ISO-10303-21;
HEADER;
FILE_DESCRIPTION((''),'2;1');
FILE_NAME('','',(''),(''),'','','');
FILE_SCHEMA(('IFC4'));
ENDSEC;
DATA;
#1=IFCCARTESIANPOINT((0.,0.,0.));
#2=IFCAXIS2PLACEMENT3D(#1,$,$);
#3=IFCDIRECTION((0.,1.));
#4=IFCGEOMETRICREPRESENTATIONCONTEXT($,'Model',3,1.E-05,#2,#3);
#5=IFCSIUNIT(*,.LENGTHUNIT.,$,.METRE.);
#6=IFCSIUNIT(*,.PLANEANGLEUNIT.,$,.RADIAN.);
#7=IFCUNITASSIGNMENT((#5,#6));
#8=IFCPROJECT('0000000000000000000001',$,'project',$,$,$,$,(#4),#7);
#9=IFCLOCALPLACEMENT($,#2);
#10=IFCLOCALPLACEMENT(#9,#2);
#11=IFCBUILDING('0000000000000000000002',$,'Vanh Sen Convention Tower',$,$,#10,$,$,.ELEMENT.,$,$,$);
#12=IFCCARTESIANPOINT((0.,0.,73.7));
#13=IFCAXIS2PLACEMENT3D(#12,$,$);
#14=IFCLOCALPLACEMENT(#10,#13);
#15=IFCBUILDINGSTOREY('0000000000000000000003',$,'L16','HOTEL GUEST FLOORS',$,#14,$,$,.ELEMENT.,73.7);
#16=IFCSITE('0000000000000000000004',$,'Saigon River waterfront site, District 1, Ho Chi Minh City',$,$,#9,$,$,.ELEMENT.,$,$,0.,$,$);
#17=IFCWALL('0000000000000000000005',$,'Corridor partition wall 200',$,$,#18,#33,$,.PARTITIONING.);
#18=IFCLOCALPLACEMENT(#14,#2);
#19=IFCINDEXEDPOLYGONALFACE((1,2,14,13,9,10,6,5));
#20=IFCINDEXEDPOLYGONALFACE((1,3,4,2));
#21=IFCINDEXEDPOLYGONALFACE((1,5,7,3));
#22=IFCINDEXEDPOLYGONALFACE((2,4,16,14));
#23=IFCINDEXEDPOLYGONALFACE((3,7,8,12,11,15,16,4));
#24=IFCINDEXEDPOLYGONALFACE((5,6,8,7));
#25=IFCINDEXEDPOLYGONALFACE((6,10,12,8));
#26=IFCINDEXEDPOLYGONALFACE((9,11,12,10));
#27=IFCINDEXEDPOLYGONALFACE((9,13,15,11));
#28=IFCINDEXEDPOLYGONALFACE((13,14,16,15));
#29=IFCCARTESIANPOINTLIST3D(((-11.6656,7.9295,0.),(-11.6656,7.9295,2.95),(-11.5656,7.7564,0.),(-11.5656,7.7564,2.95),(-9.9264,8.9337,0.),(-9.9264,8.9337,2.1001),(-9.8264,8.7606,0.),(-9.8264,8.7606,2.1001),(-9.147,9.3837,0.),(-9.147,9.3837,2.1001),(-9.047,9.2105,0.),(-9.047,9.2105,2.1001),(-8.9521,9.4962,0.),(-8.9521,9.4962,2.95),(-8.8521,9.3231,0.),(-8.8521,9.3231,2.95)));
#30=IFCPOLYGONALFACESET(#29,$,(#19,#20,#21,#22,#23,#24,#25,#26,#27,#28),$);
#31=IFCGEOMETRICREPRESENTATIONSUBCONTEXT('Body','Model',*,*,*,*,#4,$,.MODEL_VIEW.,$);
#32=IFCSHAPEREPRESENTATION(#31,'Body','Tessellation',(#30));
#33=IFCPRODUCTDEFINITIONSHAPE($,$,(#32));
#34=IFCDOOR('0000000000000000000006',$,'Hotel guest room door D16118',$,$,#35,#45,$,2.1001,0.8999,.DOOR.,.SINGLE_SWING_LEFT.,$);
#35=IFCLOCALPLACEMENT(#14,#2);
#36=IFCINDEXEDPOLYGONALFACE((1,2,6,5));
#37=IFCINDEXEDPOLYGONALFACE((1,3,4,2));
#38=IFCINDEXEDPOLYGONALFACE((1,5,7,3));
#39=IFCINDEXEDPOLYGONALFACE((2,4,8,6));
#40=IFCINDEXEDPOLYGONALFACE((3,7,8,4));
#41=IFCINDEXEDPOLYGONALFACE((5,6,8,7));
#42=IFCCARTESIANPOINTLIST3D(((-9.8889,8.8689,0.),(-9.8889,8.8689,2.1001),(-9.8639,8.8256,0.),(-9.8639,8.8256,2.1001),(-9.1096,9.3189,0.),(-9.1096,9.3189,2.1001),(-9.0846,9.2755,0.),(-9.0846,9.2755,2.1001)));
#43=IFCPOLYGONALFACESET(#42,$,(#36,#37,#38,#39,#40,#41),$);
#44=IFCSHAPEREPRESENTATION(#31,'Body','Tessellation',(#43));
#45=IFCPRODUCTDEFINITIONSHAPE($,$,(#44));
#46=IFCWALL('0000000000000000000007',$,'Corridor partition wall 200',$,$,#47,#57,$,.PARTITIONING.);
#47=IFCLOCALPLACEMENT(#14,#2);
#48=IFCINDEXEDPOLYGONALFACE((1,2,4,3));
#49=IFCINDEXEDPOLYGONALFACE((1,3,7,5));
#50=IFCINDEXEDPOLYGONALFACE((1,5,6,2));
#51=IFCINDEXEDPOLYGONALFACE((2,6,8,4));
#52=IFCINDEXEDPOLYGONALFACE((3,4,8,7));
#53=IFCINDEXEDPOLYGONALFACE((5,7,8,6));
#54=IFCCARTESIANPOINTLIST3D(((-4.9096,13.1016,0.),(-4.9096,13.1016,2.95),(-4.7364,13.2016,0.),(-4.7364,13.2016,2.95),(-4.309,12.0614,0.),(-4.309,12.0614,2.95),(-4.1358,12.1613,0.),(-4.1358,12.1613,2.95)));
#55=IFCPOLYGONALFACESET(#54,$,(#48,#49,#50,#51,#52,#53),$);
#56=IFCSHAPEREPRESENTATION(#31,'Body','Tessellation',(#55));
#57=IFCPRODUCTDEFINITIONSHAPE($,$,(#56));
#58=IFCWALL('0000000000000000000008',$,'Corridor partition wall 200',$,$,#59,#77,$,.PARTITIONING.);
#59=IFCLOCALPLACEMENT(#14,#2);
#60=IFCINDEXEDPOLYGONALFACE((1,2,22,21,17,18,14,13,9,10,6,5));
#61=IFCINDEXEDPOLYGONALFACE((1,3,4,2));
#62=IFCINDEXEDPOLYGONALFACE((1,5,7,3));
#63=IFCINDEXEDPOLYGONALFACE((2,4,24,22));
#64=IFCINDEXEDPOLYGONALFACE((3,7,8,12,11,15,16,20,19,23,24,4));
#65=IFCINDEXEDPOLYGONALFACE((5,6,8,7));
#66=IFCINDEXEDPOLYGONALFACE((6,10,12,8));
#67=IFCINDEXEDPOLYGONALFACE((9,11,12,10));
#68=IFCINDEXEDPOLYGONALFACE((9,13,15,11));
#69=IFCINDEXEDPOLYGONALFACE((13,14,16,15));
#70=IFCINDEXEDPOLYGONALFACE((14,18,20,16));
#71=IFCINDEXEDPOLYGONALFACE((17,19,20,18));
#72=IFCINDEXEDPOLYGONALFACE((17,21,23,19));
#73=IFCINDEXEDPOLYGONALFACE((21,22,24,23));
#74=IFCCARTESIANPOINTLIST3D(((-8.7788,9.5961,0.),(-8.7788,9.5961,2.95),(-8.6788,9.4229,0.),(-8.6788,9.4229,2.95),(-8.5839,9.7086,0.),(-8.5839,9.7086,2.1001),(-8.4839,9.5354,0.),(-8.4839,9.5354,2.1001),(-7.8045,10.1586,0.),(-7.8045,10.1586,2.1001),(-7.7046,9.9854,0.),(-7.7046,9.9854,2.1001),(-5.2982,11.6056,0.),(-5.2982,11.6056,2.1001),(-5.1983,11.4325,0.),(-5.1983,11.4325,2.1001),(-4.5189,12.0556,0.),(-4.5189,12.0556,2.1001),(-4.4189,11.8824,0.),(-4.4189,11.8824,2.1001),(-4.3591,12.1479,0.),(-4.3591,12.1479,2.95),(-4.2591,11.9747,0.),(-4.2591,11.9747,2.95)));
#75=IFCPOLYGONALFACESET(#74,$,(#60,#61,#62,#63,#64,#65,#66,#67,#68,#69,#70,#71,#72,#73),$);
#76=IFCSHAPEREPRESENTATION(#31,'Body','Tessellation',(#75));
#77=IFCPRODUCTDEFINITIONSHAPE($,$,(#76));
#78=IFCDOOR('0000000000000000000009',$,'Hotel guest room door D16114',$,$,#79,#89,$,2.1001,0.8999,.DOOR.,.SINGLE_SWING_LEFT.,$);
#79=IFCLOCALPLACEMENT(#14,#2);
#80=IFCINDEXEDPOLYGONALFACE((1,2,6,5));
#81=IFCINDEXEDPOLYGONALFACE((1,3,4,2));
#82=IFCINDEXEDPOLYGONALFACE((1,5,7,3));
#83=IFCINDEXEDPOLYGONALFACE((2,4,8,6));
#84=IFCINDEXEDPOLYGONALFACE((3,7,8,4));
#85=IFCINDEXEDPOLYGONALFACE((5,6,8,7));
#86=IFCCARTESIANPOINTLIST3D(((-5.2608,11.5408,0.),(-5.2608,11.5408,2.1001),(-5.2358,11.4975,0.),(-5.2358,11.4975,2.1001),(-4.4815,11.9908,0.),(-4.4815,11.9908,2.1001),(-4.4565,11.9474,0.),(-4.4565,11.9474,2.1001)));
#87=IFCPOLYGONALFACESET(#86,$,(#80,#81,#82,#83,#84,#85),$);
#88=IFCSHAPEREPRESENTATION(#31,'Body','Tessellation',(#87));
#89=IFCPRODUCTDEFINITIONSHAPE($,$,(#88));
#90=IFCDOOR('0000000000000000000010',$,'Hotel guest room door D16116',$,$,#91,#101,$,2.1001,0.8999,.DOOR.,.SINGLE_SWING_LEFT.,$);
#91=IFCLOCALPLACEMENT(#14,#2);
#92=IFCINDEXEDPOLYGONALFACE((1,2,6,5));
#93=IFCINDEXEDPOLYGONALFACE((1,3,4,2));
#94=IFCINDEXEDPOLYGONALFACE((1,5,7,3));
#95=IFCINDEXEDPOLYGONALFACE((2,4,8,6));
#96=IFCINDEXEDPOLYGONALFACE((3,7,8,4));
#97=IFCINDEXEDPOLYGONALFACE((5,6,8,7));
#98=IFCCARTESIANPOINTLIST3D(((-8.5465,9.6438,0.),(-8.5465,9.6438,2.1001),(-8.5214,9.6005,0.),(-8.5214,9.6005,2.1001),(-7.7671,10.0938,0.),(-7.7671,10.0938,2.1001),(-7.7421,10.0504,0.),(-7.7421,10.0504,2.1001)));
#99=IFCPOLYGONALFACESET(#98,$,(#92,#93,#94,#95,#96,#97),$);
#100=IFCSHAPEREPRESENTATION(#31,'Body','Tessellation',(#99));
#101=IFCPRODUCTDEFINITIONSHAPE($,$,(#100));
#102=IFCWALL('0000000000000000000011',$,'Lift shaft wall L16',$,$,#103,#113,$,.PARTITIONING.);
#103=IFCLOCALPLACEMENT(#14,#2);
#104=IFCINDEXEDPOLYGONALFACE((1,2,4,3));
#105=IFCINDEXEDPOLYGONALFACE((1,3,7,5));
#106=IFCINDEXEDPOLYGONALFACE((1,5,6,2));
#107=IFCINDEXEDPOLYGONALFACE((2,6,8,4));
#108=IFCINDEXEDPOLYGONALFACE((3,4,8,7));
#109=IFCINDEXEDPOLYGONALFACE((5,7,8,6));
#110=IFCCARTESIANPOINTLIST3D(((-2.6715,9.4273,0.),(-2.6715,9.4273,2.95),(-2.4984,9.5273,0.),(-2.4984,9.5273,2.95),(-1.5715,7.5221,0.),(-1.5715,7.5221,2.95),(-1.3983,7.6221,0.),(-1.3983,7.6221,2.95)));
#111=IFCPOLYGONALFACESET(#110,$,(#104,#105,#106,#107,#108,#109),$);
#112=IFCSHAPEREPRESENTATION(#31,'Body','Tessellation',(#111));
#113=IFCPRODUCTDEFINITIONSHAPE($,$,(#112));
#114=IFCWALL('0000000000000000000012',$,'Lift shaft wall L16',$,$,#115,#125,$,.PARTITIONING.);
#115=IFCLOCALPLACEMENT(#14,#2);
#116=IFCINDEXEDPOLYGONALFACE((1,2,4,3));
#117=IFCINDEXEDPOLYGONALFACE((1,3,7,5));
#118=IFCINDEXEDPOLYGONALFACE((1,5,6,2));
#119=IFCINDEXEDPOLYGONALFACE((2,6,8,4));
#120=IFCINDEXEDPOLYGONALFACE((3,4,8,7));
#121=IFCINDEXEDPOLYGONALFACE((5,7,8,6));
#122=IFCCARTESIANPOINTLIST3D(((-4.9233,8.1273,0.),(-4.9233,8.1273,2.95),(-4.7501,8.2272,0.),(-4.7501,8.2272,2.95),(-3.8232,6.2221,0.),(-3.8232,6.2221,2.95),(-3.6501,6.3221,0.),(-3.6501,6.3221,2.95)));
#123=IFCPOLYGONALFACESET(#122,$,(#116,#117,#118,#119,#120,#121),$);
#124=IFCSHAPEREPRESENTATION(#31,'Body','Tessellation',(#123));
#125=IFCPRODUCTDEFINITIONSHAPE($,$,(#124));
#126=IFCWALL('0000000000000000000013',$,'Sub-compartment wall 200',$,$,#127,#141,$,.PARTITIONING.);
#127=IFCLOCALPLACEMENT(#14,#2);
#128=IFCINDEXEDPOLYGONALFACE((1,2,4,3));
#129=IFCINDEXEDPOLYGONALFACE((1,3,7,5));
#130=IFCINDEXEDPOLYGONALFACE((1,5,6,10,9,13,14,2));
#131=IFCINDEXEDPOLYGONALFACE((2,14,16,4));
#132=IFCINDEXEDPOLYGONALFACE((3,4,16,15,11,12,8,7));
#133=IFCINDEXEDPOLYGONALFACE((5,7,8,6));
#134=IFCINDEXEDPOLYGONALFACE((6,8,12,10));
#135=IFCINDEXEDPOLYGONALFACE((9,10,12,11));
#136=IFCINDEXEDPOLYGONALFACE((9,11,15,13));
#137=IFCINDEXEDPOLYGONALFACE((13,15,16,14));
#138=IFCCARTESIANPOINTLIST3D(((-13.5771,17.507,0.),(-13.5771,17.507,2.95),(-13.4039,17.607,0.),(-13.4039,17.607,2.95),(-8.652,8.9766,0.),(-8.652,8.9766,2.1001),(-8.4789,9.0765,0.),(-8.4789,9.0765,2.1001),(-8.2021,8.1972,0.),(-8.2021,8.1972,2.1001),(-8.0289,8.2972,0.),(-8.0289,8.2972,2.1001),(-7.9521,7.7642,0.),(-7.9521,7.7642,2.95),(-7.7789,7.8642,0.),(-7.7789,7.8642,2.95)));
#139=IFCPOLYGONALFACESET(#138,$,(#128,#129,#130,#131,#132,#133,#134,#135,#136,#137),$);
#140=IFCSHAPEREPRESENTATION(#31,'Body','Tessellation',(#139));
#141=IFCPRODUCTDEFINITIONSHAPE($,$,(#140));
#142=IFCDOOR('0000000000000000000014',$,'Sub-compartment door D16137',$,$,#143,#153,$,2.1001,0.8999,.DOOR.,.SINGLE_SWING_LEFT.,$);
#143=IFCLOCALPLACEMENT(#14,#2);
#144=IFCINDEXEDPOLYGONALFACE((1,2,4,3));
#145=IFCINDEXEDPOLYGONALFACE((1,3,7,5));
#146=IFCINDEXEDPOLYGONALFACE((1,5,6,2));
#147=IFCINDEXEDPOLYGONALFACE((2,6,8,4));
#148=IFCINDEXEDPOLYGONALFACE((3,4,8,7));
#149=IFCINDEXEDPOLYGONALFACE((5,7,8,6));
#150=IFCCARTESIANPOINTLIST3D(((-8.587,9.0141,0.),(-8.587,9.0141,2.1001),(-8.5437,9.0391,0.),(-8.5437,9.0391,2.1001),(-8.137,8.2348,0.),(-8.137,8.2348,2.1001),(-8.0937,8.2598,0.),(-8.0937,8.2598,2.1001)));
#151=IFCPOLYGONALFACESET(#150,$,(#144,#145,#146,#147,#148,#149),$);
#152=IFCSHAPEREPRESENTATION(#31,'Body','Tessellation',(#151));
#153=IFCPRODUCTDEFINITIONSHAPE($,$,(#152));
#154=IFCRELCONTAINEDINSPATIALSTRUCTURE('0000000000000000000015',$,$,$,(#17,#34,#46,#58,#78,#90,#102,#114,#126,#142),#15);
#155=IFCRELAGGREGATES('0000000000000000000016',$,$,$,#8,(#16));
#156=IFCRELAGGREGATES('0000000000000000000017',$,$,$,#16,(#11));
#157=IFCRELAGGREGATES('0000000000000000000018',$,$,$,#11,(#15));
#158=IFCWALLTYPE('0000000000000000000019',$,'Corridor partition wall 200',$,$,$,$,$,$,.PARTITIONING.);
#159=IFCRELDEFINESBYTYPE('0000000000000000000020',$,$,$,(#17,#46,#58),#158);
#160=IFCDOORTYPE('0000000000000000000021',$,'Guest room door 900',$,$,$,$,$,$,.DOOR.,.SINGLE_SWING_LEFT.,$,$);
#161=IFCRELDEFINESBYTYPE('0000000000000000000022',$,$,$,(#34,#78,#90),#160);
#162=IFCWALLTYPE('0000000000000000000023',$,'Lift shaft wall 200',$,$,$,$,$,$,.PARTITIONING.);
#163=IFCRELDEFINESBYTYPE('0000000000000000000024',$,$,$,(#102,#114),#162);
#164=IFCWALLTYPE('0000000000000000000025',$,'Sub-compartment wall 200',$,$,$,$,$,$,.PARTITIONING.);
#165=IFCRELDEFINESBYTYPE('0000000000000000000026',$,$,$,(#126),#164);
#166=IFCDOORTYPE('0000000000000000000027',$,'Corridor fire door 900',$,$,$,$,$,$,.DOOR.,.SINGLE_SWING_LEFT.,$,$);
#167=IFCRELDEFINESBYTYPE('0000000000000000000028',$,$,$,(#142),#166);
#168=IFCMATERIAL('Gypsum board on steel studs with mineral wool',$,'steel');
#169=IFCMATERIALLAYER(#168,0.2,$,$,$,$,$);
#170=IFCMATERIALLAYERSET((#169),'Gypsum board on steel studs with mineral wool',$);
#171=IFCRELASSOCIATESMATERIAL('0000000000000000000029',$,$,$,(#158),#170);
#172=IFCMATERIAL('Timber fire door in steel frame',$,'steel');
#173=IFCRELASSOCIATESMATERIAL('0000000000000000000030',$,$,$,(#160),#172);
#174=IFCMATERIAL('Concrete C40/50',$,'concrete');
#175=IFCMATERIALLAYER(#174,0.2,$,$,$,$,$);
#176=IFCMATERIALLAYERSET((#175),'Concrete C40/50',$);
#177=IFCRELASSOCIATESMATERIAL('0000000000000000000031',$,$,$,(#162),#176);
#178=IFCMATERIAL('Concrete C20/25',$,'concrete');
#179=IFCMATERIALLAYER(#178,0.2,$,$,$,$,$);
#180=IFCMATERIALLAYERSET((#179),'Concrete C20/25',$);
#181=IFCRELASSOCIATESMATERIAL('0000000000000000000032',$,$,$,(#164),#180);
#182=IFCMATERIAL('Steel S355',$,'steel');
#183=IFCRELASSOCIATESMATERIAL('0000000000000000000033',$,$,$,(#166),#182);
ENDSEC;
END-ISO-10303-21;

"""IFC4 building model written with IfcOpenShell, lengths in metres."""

from ifc_helpers import new_model, si_unit, direction, frame, frame_2d, origin, place, context, subcontext, project, spatial, rectangle, extrude, material, layer, layer_set, type_object, element, fill, save


model = new_model("IFC4")

# Units and contexts
model_context = context("Model", 3, precision=1e-05, world=origin(), true_north=direction((0.0, 1.0)))
body_context = subcontext(model_context, "Body", "Model", "MODEL_VIEW")
ifc_project = project(units=[si_unit("LENGTHUNIT", "METRE"), si_unit("PLANEANGLEUNIT", "RADIAN")], contexts=[model_context])

# Site, building, storey
site_placement = place(None, origin())
site = spatial("IfcSite", under=ifc_project, at=site_placement, Name="Saigon River waterfront site, District 1, Ho Chi Minh City", CompositionType="ELEMENT", RefElevation=0.0)
building_placement = place(site_placement, origin())
building = spatial("IfcBuilding", under=site, at=building_placement, Name="Vanh Sen Convention Tower", CompositionType="ELEMENT")
storey_placement = place(building_placement, frame((0.0, 0.0, 73.7)))
storey = spatial("IfcBuildingStorey", under=building, at=storey_placement, Name="L16", Description="HOTEL GUEST FLOORS", CompositionType="ELEMENT", Elevation=73.7)

# Shared definitions
ifc_material_1 = material(Name="Gypsum board on steel studs with mineral wool", Category="steel")
ifc_layer_1 = layer(ifc_material_1, 0.2)
ifc_layer_set_1 = layer_set([ifc_layer_1], Name="Gypsum board on steel studs with mineral wool")
wall_type_1 = type_object("IfcWallType", Name="Corridor partition wall 200", PredefinedType="PARTITIONING", material=ifc_layer_set_1)
ifc_material_2 = material(Name="Timber fire door in steel frame", Category="steel")

# Wall, opening, door
wall_1_placement = place(storey_placement, frame((-8.9021, 9.4097, 0.0), z_axis=(0.0, 0.0, 1.0), x_axis=(-0.866014, -0.500019, 0.0)))
wall_1 = element("IfcWall", 1, at=wall_1_placement, inside=storey, type_object=wall_type_1, Name="Corridor partition wall 200", PredefinedType="PARTITIONING", context=body_context, shape_type="SweptSolid", body=[
    extrude(rectangle(XDim=3.1333, YDim=0.2, at=frame_2d((1.5667, 0.0))), origin(), (0.0, 0.0, 1.0), 2.95),
])
opening_1_placement = place(wall_1_placement, frame((0.2251, 0.0, 0.0)))
opening_1 = element("IfcOpeningElement", 2, at=opening_1_placement, cuts=wall_1, PredefinedType="OPENING", context=body_context, shape_type="SweptSolid", body=[
    extrude(rectangle(XDim=0.8999, YDim=2.1001, at=frame_2d((0.45, 1.05))), frame((0.0, 0.1099, 0.0), z_axis=(0.0, -1.0, 0.0), x_axis=(1.0, 0.0, 0.0)), (0.0, 0.0, 1.0), 0.22),
])
door_type_1 = type_object("IfcDoorType", Name="Guest room door 900", OperationType="SINGLE_SWING_LEFT", PredefinedType="DOOR", material=ifc_material_2)
door_1_placement = place(opening_1_placement, origin())
door_1 = element("IfcDoor", 3, at=door_1_placement, inside=storey, type_object=door_type_1, Name="Hotel guest room door D16118", OperationType="SINGLE_SWING_LEFT", OverallHeight=2.1001, OverallWidth=0.8999, PredefinedType="DOOR", context=body_context, shape_type="SweptSolid", body=[
    extrude(rectangle(XDim=0.8999, YDim=2.1001, at=frame_2d((0.45, 1.05))), frame((0.0, 0.0249, 0.0), z_axis=(0.0, -1.0, 0.0), x_axis=(1.0, 0.0, 0.0)), (0.0, 0.0, 1.0), 0.05),
])
fill(opening_1, door_1)

# Wall
wall_2_placement = place(storey_placement, frame((-4.823, 13.1516, 0.0), z_axis=(0.0, 0.0, 1.0), x_axis=(0.499986, -0.866033, 0.0)))
element("IfcWall", 4, at=wall_2_placement, inside=storey, type_object=wall_type_1, Name="Corridor partition wall 200", PredefinedType="PARTITIONING", context=body_context, shape_type="SweptSolid", body=[
    extrude(rectangle(XDim=1.2012, YDim=0.2, at=frame_2d((0.6006, 0.0))), origin(), (0.0, 0.0, 1.0), 2.95),
])

# Wall, openings, doors
wall_3_placement = place(storey_placement, frame((-4.3091, 12.0613, 0.0), z_axis=(0.0, 0.0, 1.0), x_axis=(-0.866021, -0.500008, 0.0)))
wall_3 = element("IfcWall", 5, at=wall_3_placement, inside=storey, type_object=wall_type_1, Name="Corridor partition wall 200", PredefinedType="PARTITIONING", context=body_context, shape_type="SweptSolid", body=[
    extrude(rectangle(XDim=5.1035, YDim=0.2, at=frame_2d((2.5518, 0.0))), origin(), (0.0, 0.0, 1.0), 2.95),
])
opening_2_placement = place(wall_3_placement, frame((0.1846, 0.0, 0.0)))
opening_2 = element("IfcOpeningElement", 6, at=opening_2_placement, cuts=wall_3, PredefinedType="OPENING", context=body_context, shape_type="SweptSolid", body=[
    extrude(rectangle(XDim=0.8999, YDim=2.1001, at=frame_2d((0.45, 1.05))), frame((0.0, 0.1099, 0.0), z_axis=(0.0, -1.0, 0.0), x_axis=(1.0, 0.0, 0.0)), (0.0, 0.0, 1.0), 0.22),
])
opening_3_placement = place(wall_3_placement, frame((3.9785, 0.0, 0.0)))
opening_3 = element("IfcOpeningElement", 7, at=opening_3_placement, cuts=wall_3, PredefinedType="OPENING", context=body_context, shape_type="SweptSolid", body=[
    extrude(rectangle(XDim=0.8999, YDim=2.1001, at=frame_2d((0.45, 1.05))), frame((0.0, 0.1099, 0.0), z_axis=(0.0, -1.0, 0.0), x_axis=(1.0, 0.0, 0.0)), (0.0, 0.0, 1.0), 0.22),
])
door_2_placement = place(opening_2_placement, origin())
door_2 = element("IfcDoor", 8, at=door_2_placement, inside=storey, type_object=door_type_1, Name="Hotel guest room door D16114", OperationType="SINGLE_SWING_LEFT", OverallHeight=2.1001, OverallWidth=0.8999, PredefinedType="DOOR", context=body_context, shape_type="SweptSolid", body=[
    extrude(rectangle(XDim=0.8999, YDim=2.1001, at=frame_2d((0.45, 1.05))), frame((0.0, 0.0249, 0.0), z_axis=(0.0, -1.0, 0.0), x_axis=(1.0, 0.0, 0.0)), (0.0, 0.0, 1.0), 0.05),
])
fill(opening_2, door_2)
door_3_placement = place(opening_3_placement, origin())
door_3 = element("IfcDoor", 9, at=door_3_placement, inside=storey, type_object=door_type_1, Name="Hotel guest room door D16116", OperationType="SINGLE_SWING_LEFT", OverallHeight=2.1001, OverallWidth=0.8999, PredefinedType="DOOR", context=body_context, shape_type="SweptSolid", body=[
    extrude(rectangle(XDim=0.8999, YDim=2.1001, at=frame_2d((0.45, 1.05))), frame((0.0, 0.0249, 0.0), z_axis=(0.0, -1.0, 0.0), x_axis=(1.0, 0.0, 0.0)), (0.0, 0.0, 1.0), 0.05),
])
fill(opening_3, door_3)

# Walls
ifc_material_3 = material(Name="Concrete C40/50", Category="concrete")
ifc_layer_2 = layer(ifc_material_3, 0.2)
ifc_layer_set_2 = layer_set([ifc_layer_2], Name="Concrete C40/50")
wall_type_2 = type_object("IfcWallType", Name="Lift shaft wall 200", PredefinedType="PARTITIONING", material=ifc_layer_set_2)
for number, where, z_axis, x_axis, name in (
    (10, (-1.4849, 7.572, 0.0), (0.0, 0.0, 1.0), (-0.50003, 0.866008, 0.0), "Lift shaft wall L16"),
    (11, (-3.7366, 6.272, 0.0), (0.0, 0.0, 1.0), (-0.50003, 0.866008, 0.0), "Lift shaft wall L16"),
):
    element("IfcWall", number, at=place(storey_placement, frame(where, z_axis=z_axis, x_axis=x_axis)), inside=storey, type_object=wall_type_2, Name=name, PredefinedType="PARTITIONING", context=body_context, shape_type="SweptSolid", body=[
        extrude(rectangle(XDim=2.2, YDim=0.2, at=frame_2d((1.1001, 0.0))), origin(), (0.0, 0.0, 1.0), 2.95),
    ])

# Wall, opening, door
ifc_material_4 = material(Name="Concrete C20/25", Category="concrete")
ifc_layer_3 = layer(ifc_material_4, 0.2)
ifc_layer_set_3 = layer_set([ifc_layer_3], Name="Concrete C20/25")
wall_type_3 = type_object("IfcWallType", Name="Sub-compartment wall 200", PredefinedType="PARTITIONING", material=ifc_layer_set_3)
wall_4_placement = place(storey_placement, frame((-7.8655, 7.8142, 0.0), z_axis=(0.0, 0.0, 1.0), x_axis=(-0.500004, 0.866023, 0.0)))
wall_4 = element("IfcWall", 12, at=wall_4_placement, inside=storey, type_object=wall_type_3, Name="Sub-compartment wall 200", PredefinedType="PARTITIONING", context=body_context, shape_type="SweptSolid", body=[
    extrude(rectangle(XDim=11.25, YDim=0.2, at=frame_2d((5.625, 0.0))), origin(), (0.0, 0.0, 1.0), 2.95),
])
opening_4_placement = place(wall_4_placement, frame((0.5, 0.0, 0.0)))
opening_4 = element("IfcOpeningElement", 13, at=opening_4_placement, cuts=wall_4, PredefinedType="OPENING", context=body_context, shape_type="SweptSolid", body=[
    extrude(rectangle(XDim=0.8999, YDim=2.1001, at=frame_2d((0.45, 1.05))), frame((0.0, 0.1099, 0.0), z_axis=(0.0, -1.0, 0.0), x_axis=(1.0, 0.0, 0.0)), (0.0, 0.0, 1.0), 0.22),
])
ifc_material_5 = material(Name="Steel S355", Category="steel")
door_type_2 = type_object("IfcDoorType", Name="Corridor fire door 900", OperationType="SINGLE_SWING_LEFT", PredefinedType="DOOR", material=ifc_material_5)
door_4_placement = place(opening_4_placement, origin())
door_4 = element("IfcDoor", 14, at=door_4_placement, inside=storey, type_object=door_type_2, Name="Sub-compartment door D16137", OperationType="SINGLE_SWING_LEFT", OverallHeight=2.1001, OverallWidth=0.8999, PredefinedType="DOOR", context=body_context, shape_type="SweptSolid", body=[
    extrude(rectangle(XDim=0.8999, YDim=2.1001, at=frame_2d((0.45, 1.05))), frame((0.0, 0.0249, 0.0), z_axis=(0.0, -1.0, 0.0), x_axis=(1.0, 0.0, 0.0)), (0.0, 0.0, 1.0), 0.05),
])
fill(opening_4, door_4)

save(model, "model.ifc")
